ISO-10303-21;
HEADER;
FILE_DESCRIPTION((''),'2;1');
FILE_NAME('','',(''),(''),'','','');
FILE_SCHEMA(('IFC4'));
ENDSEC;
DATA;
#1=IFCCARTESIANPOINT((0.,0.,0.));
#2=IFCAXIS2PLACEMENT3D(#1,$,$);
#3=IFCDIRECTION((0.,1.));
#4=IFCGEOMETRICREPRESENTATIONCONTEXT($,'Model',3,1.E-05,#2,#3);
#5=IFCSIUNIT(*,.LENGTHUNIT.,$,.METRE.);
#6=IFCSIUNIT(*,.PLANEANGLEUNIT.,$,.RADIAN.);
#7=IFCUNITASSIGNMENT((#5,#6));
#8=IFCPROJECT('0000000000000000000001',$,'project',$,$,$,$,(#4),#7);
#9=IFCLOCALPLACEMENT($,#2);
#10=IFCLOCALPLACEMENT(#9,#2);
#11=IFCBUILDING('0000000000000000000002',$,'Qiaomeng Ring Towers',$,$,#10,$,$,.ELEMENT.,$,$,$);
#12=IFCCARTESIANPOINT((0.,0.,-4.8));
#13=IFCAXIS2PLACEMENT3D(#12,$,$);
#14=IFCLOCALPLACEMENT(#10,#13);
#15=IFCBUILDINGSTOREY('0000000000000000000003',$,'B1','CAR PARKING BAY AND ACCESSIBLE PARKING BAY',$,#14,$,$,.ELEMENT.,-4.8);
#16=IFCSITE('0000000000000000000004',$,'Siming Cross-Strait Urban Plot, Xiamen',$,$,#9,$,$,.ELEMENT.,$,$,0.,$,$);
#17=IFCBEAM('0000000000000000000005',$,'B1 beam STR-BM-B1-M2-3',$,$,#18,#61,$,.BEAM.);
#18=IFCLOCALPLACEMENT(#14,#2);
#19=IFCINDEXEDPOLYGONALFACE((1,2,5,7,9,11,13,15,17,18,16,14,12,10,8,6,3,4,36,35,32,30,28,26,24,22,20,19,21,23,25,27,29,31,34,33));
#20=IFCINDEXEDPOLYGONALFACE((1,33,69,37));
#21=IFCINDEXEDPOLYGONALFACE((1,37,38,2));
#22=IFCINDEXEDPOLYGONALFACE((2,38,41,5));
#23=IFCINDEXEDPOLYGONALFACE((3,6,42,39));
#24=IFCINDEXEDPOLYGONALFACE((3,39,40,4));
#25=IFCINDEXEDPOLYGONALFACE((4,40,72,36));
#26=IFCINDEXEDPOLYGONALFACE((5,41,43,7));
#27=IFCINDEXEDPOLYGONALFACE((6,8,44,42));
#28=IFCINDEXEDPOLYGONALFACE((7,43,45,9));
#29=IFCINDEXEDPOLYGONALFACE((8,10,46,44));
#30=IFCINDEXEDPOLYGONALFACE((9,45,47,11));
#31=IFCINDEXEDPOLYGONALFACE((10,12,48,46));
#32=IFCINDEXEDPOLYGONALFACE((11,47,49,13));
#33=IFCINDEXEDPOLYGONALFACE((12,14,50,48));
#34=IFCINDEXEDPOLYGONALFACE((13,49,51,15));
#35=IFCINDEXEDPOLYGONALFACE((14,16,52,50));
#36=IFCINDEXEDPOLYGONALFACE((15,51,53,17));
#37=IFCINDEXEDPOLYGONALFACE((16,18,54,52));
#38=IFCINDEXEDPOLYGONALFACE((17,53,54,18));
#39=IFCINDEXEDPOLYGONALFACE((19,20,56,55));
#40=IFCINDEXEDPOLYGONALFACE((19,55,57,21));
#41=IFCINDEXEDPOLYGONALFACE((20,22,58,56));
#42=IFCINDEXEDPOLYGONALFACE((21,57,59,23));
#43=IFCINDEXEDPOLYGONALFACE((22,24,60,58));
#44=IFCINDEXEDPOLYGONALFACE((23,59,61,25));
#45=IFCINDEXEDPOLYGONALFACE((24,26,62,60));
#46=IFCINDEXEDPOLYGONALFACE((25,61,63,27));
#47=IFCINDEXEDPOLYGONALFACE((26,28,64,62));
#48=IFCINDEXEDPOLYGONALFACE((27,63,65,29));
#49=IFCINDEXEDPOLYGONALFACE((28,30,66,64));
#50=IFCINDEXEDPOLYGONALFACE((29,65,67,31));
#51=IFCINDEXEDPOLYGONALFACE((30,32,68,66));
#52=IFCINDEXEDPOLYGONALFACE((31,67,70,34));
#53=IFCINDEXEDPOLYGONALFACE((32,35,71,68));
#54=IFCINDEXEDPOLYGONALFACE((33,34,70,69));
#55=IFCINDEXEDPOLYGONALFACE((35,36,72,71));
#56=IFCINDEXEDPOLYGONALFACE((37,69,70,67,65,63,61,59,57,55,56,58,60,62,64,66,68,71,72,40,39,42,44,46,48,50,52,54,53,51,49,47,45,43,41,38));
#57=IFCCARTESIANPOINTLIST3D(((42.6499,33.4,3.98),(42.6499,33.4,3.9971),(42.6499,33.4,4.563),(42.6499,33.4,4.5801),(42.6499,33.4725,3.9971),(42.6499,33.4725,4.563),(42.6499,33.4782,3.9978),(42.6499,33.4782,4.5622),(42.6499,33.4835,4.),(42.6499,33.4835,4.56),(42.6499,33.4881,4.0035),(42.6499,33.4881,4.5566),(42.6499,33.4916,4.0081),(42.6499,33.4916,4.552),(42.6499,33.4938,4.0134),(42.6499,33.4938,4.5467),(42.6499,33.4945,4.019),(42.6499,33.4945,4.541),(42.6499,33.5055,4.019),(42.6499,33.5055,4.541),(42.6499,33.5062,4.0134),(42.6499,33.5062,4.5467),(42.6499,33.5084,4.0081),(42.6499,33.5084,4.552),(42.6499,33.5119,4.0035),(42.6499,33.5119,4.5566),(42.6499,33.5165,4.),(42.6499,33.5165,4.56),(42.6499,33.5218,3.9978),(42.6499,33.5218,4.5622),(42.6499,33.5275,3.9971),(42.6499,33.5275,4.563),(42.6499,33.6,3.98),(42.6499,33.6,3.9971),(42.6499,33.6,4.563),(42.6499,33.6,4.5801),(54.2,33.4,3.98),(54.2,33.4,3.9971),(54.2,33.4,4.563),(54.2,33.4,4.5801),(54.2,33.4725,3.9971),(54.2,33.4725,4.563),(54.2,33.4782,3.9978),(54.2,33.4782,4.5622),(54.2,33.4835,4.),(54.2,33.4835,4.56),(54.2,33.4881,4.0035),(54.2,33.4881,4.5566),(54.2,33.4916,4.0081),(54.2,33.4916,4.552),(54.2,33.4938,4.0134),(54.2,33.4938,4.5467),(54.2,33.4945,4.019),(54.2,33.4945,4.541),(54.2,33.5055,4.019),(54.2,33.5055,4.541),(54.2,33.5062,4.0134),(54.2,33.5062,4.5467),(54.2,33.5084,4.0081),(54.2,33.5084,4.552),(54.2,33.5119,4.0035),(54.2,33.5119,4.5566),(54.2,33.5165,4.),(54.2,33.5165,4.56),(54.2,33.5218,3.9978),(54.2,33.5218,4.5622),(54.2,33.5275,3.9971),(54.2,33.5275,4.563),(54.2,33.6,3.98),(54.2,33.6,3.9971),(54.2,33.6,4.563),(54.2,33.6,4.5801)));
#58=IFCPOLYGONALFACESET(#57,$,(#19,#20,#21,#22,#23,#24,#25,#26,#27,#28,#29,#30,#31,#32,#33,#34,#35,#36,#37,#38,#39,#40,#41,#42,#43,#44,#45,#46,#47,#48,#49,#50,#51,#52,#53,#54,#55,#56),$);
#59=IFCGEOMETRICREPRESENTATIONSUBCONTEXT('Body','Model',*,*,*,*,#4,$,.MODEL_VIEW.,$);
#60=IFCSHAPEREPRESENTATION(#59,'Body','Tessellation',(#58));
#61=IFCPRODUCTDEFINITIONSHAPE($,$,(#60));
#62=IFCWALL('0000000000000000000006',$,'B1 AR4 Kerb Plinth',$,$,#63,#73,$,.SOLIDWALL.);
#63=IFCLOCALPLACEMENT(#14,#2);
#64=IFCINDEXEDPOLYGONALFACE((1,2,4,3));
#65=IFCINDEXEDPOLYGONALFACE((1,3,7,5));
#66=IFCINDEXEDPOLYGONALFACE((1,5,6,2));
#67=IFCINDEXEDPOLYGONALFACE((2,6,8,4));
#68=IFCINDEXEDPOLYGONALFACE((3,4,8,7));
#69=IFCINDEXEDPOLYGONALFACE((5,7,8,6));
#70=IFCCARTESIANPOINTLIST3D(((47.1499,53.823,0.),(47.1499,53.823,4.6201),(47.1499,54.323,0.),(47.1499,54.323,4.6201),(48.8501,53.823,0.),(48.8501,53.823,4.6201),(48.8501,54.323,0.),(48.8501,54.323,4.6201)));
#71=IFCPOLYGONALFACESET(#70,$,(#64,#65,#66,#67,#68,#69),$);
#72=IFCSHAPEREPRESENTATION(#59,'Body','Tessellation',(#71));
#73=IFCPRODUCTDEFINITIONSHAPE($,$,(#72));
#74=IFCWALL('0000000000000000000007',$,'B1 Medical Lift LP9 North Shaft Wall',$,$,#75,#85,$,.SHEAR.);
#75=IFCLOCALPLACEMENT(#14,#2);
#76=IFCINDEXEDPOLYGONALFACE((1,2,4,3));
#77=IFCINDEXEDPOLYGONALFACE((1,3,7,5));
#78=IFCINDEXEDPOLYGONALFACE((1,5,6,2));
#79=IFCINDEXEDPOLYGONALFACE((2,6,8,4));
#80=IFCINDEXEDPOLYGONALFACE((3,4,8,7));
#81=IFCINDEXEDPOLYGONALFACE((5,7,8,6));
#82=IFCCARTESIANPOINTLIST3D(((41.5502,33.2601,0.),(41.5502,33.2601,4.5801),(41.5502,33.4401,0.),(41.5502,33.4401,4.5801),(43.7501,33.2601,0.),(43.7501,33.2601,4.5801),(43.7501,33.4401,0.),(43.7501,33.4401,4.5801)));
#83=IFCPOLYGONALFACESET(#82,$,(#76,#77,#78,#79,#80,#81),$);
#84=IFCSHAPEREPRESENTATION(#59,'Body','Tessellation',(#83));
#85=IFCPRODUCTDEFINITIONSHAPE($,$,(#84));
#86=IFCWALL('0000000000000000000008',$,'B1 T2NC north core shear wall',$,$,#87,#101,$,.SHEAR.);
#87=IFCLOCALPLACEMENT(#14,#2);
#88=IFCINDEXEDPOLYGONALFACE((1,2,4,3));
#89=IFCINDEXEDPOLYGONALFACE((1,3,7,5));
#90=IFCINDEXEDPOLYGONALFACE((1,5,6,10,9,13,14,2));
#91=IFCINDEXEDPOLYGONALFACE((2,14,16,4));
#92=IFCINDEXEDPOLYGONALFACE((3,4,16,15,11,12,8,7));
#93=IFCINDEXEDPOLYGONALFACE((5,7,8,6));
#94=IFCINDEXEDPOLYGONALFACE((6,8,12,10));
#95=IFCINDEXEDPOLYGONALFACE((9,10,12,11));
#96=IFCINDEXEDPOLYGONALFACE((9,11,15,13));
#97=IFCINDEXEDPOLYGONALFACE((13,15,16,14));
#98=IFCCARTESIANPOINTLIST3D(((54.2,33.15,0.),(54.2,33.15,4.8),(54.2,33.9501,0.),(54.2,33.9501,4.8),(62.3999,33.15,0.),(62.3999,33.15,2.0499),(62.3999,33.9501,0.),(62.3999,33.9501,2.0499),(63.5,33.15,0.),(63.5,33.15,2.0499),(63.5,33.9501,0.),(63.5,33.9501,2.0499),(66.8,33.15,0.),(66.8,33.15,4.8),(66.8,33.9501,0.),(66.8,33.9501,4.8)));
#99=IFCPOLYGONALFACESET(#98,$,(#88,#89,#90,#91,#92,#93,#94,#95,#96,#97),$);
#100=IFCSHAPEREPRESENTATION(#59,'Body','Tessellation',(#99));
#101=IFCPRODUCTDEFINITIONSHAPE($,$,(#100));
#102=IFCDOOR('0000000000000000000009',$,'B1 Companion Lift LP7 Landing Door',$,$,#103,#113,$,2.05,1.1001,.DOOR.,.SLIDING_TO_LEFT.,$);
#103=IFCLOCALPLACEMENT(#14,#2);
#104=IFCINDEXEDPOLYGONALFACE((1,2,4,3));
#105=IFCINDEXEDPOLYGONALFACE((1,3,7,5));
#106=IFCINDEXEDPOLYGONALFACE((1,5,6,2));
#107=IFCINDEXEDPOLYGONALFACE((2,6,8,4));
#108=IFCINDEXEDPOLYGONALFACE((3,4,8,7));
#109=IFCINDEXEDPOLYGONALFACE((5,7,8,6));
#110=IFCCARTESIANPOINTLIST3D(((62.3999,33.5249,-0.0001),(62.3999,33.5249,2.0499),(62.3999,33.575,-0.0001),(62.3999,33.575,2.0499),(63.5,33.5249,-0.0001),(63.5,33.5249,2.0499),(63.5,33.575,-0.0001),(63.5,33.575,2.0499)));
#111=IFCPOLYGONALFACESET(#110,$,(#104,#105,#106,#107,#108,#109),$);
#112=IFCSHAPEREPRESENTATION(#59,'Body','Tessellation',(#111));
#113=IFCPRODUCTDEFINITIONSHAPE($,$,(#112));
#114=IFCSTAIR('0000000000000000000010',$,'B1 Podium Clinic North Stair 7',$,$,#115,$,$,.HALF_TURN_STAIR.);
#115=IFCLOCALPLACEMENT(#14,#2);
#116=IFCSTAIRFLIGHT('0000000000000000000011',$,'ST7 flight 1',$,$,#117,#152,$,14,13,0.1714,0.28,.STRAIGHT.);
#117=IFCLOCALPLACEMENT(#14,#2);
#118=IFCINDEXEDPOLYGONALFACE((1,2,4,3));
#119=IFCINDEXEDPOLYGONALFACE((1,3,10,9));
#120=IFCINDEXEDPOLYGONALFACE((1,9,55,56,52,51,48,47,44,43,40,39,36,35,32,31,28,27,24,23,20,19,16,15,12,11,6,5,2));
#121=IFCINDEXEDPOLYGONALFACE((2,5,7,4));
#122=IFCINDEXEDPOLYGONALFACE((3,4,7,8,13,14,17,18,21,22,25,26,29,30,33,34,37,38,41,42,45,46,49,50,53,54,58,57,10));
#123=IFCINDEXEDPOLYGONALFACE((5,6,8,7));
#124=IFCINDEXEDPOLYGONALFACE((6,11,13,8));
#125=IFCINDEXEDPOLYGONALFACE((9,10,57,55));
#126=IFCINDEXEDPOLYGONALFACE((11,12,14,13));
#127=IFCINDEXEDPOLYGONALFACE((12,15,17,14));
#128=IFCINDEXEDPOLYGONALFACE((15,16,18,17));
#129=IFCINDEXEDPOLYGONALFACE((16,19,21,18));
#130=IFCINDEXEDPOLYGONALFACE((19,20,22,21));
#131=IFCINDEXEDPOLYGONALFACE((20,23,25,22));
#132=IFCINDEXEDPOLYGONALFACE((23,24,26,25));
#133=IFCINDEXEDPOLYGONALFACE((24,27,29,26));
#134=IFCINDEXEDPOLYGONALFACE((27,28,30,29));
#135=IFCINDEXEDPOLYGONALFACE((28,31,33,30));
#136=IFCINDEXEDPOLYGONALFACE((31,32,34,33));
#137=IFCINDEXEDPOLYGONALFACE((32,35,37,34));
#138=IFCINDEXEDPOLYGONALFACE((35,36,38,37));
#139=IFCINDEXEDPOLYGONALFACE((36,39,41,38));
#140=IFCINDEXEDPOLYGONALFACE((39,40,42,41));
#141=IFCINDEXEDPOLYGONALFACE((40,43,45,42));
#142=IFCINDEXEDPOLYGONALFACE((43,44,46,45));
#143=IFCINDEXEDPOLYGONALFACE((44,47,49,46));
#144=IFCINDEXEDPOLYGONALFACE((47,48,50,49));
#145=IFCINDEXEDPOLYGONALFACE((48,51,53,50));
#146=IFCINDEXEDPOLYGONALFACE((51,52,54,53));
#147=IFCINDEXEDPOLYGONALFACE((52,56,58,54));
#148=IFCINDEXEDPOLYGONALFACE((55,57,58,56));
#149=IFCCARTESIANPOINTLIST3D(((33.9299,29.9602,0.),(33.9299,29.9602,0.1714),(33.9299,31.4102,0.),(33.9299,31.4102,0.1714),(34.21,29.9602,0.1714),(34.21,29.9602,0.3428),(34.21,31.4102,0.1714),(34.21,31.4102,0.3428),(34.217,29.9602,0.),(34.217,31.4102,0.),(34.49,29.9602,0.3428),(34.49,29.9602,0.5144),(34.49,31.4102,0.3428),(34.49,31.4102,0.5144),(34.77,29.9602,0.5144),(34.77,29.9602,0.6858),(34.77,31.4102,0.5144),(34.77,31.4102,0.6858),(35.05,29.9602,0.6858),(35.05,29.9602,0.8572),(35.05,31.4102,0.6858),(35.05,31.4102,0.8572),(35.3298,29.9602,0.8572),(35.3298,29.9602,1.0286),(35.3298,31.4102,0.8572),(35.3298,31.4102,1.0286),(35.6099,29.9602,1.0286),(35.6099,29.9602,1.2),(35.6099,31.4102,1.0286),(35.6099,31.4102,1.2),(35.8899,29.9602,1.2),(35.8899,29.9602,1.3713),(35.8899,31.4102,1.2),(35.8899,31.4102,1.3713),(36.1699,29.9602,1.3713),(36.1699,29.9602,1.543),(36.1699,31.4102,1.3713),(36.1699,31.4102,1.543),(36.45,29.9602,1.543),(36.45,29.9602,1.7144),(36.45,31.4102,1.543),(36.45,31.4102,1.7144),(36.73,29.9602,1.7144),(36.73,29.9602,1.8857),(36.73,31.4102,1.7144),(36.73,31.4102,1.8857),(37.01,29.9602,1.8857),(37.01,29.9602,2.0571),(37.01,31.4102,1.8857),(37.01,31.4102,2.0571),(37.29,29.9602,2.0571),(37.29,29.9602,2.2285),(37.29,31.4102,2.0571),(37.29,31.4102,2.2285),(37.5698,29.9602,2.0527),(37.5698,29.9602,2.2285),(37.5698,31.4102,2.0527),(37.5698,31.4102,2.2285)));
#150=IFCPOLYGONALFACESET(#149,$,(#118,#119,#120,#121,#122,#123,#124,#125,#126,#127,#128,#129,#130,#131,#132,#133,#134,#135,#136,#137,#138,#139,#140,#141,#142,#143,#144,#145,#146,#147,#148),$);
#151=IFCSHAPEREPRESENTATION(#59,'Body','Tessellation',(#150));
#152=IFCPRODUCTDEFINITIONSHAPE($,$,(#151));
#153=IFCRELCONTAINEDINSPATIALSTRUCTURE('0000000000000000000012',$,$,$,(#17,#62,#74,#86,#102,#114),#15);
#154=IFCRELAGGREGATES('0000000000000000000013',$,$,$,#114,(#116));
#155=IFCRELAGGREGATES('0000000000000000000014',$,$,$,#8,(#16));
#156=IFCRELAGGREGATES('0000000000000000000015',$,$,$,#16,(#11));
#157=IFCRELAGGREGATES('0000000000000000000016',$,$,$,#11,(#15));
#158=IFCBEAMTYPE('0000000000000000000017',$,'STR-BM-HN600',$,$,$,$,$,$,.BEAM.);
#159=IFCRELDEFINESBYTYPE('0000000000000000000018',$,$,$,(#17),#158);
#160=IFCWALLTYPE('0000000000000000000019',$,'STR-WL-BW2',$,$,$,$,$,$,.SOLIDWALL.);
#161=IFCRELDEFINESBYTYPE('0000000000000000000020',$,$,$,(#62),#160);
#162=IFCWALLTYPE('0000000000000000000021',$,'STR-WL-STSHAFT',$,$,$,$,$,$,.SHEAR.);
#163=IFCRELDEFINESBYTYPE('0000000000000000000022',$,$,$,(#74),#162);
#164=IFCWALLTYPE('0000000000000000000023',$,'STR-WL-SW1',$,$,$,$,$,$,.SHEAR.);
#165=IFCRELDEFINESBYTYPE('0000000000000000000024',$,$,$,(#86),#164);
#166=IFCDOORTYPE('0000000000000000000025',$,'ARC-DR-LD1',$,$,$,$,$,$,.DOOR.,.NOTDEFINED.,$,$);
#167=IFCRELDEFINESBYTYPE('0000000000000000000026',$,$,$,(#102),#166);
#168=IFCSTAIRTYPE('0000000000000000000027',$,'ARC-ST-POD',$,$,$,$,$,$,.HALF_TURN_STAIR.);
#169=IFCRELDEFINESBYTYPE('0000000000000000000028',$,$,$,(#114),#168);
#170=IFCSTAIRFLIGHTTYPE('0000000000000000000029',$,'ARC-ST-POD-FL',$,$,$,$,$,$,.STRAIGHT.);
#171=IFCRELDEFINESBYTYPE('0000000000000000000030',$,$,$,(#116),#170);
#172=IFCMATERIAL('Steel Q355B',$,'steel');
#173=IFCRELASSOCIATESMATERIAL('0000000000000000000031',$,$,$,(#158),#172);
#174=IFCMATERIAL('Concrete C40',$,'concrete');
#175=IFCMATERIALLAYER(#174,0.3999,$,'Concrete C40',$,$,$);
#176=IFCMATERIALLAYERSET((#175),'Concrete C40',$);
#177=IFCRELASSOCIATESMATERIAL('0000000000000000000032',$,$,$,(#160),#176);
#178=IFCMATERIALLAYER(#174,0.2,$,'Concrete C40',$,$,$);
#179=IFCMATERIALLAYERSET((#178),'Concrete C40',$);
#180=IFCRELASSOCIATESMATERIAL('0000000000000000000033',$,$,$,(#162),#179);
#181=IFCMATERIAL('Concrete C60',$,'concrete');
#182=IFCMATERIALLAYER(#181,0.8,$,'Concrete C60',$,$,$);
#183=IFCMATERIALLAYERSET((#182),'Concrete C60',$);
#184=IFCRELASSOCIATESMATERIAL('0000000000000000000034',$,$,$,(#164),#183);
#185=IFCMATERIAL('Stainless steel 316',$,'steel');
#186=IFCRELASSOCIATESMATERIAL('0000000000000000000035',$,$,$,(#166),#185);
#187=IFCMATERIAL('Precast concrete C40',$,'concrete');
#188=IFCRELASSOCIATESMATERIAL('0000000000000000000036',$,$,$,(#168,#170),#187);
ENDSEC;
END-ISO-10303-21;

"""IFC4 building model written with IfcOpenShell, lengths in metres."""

from ifc_helpers import new_model, si_unit, direction, frame, frame_2d, origin, origin_2d, place, context, subcontext, project, spatial, polyline, rectangle, i_section, outline, extrude, source, transform, mapped, material, layer, layer_set, material_profile, profile_set, type_object, element, fill, aggregate, save


model = new_model("IFC4")

# Units and contexts
model_context = context("Model", 3, precision=1e-05, world=origin(), true_north=direction((0.0, 1.0)))
body_context = subcontext(model_context, "Body", "Model", "MODEL_VIEW")
ifc_project = project(units=[si_unit("LENGTHUNIT", "METRE"), si_unit("PLANEANGLEUNIT", "RADIAN")], contexts=[model_context])

# Site, building, storey
site_placement = place(None, origin())
site = spatial("IfcSite", under=ifc_project, at=site_placement, Name="Siming Cross-Strait Urban Plot, Xiamen", CompositionType="ELEMENT", RefElevation=0.0)
building_placement = place(site_placement, origin())
building = spatial("IfcBuilding", under=site, at=building_placement, Name="Qiaomeng Ring Towers", CompositionType="ELEMENT")
storey_placement = place(building_placement, frame((0.0, 0.0, -4.8)))
storey = spatial("IfcBuildingStorey", under=building, at=storey_placement, Name="B1", Description="CAR PARKING BAY AND ACCESSIBLE PARKING BAY", CompositionType="ELEMENT", Elevation=-4.8)

# Shared definitions
ifc_material_1 = material(Name="Concrete C60", Category="concrete")

# Beam
ifc_material_2 = material(Name="Steel Q355B", Category="steel")
ifc_material_profile_1 = material_profile(ifc_material_2, i_section(OverallWidth=0.2, OverallDepth=0.6001, WebThickness=0.011, FlangeThickness=0.0171, FilletRadius=0.022, at=origin_2d()), Name="HN 600x200x11x17")
ifc_profile_set_1 = profile_set([ifc_material_profile_1], Name="Steel Q355B")
beam_type_1 = type_object("IfcBeamType", Name="STR-BM-HN600", PredefinedType="BEAM", material=ifc_profile_set_1)
shared_shape_1 = source(origin(), body_context, "Body", "SweptSolid", [
    extrude(i_section(OverallWidth=0.2, OverallDepth=0.6001, WebThickness=0.011, FlangeThickness=0.0171, FilletRadius=0.022, at=origin_2d()), origin(), (0.0, 0.0, 1.0), 11.55),
])
beam_1_placement = place(storey_placement, frame((42.6499, 33.5, 4.28), z_axis=(1.0, 0.0, 0.0), x_axis=(0.0, 1.0, 0.0)))
element("IfcBeam", 1, at=beam_1_placement, inside=storey, type_object=beam_type_1, Name="B1 beam STR-BM-B1-M2-3", PredefinedType="BEAM", context=body_context, shape_type="MappedRepresentation", body=[
    mapped(shared_shape_1, transform((0.0, 0.0, 0.0), x_axis=(1.0, 0.0, 0.0), y_axis=(0.0, 1.0, 0.0), z_axis=(0.0, 0.0, 1.0), scale=1.0)),
])

# Walls
ifc_material_3 = material(Name="Concrete C40", Category="concrete")
ifc_layer_1 = layer(ifc_material_3, 0.3999, Name="Concrete C40")
ifc_layer_set_1 = layer_set([ifc_layer_1], Name="Concrete C40")
wall_type_1 = type_object("IfcWallType", Name="STR-WL-BW2", PredefinedType="SOLIDWALL", material=ifc_layer_set_1)
wall_1_placement = place(storey_placement, frame((47.1499, 54.073, 0.0), z_axis=(0.0, 0.0, 1.0), x_axis=(1.0, 0.0, 0.0)))
element("IfcWall", 2, at=wall_1_placement, inside=storey, type_object=wall_type_1, Name="B1 AR4 Kerb Plinth", PredefinedType="SOLIDWALL", context=body_context, shape_type="SweptSolid", body=[
    extrude(rectangle(XDim=1.7002, YDim=0.5, at=frame_2d((0.8501, 0.0))), origin(), (0.0, 0.0, 1.0), 4.6201),
])
ifc_layer_2 = layer(ifc_material_3, 0.2, Name="Concrete C40")
ifc_layer_set_2 = layer_set([ifc_layer_2], Name="Concrete C40")
wall_type_2 = type_object("IfcWallType", Name="STR-WL-STSHAFT", PredefinedType="SHEAR", material=ifc_layer_set_2)
wall_2_placement = place(storey_placement, frame((41.55, 33.3501, 0.0), z_axis=(0.0, 0.0, 1.0), x_axis=(1.0, 0.0, 0.0)))
element("IfcWall", 3, at=wall_2_placement, inside=storey, type_object=wall_type_2, Name="B1 Medical Lift LP9 North Shaft Wall", PredefinedType="SHEAR", context=body_context, shape_type="SweptSolid", body=[
    extrude(rectangle(XDim=2.2, YDim=0.1799, at=frame_2d((1.1001, 0.0))), origin(), (0.0, 0.0, 1.0), 4.5801),
])

# Wall, opening, door
ifc_layer_3 = layer(ifc_material_1, 0.8, Name="Concrete C60")
ifc_layer_set_3 = layer_set([ifc_layer_3], Name="Concrete C60")
wall_type_3 = type_object("IfcWallType", Name="STR-WL-SW1", PredefinedType="SHEAR", material=ifc_layer_set_3)
wall_3_placement = place(storey_placement, frame((54.2, 33.55, 0.0), z_axis=(0.0, 0.0, 1.0), x_axis=(1.0, 0.0, 0.0)))
wall_3 = element("IfcWall", 4, at=wall_3_placement, inside=storey, type_object=wall_type_3, Name="B1 T2NC north core shear wall", PredefinedType="SHEAR", context=body_context, shape_type="SweptSolid", body=[
    extrude(rectangle(XDim=12.6001, YDim=0.8, at=frame_2d((6.3, 0.0))), origin(), (0.0, 0.0, 1.0), 4.8),
])
opening_placement = place(wall_3_placement, frame((8.2, 0.0, 0.0)))
opening = element("IfcOpeningElement", 5, at=opening_placement, cuts=wall_3, PredefinedType="OPENING", context=body_context, shape_type="SweptSolid", body=[
    extrude(rectangle(XDim=1.1001, YDim=2.05, at=frame_2d((0.55, 1.0249))), frame((0.0, 0.4099, 0.0), z_axis=(0.0, -1.0, 0.0), x_axis=(1.0, 0.0, 0.0)), (0.0, 0.0, 1.0), 0.8201),
])
ifc_material_4 = material(Name="Stainless steel 316", Category="steel")
door_type = type_object("IfcDoorType", Name="ARC-DR-LD1", OperationType="NOTDEFINED", PredefinedType="DOOR", material=ifc_material_4)
shared_shape_2 = source(origin(), body_context, "Body", "SweptSolid", [
    extrude(rectangle(XDim=1.1001, YDim=2.05, at=frame_2d((0.55, 1.0249))), frame((0.0, 0.0249, 0.0), z_axis=(0.0, -1.0, 0.0), x_axis=(1.0, 0.0, 0.0)), (0.0, 0.0, 1.0), 0.05),
])
door_placement = place(opening_placement, origin())
door = element("IfcDoor", 6, at=door_placement, inside=storey, type_object=door_type, Name="B1 Companion Lift LP7 Landing Door", OperationType="SLIDING_TO_LEFT", OverallHeight=2.05, OverallWidth=1.1001, PredefinedType="DOOR", context=body_context, shape_type="MappedRepresentation", body=[
    mapped(shared_shape_2, transform((0.0, 0.0, 0.0), x_axis=(1.0, 0.0, 0.0), y_axis=(0.0, 1.0, 0.0), z_axis=(0.0, 0.0, 1.0), scale=1.0)),
])
fill(opening, door)

# Stair, stair flight
ifc_material_5 = material(Name="Precast concrete C40", Category="concrete")
stair_type = type_object("IfcStairType", Name="ARC-ST-POD", PredefinedType="HALF_TURN_STAIR", material=ifc_material_5)
stair_placement = place(storey_placement, origin())
stair = element("IfcStair", 7, at=stair_placement, inside=storey, type_object=stair_type, Name="B1 Podium Clinic North Stair 7", PredefinedType="HALF_TURN_STAIR")
stair_flight_type = type_object("IfcStairFlightType", Name="ARC-ST-POD-FL", PredefinedType="STRAIGHT", material=ifc_material_5)
shared_shape_3 = source(origin(), body_context, "Body", "SweptSolid", [
    extrude(outline(polyline([(0.0, 0.0), (0.0, 0.1714), (0.28, 0.1714), (0.28, 0.3428), (0.5601, 0.3428), (0.5601, 0.5144), (0.8401, 0.5144), (0.8401, 0.6858), (1.1201, 0.6858), (1.1201, 0.8572), (1.3999, 0.8572), (1.3999, 1.0286), (1.6799, 1.0286), (1.6799, 1.2), (1.96, 1.2), (1.96, 1.3713), (2.24, 1.3713), (2.24, 1.543), (2.52, 1.543), (2.52, 1.7144), (2.8, 1.7144), (2.8, 1.8857), (3.0801, 1.8857), (3.0801, 2.0571), (3.3601, 2.0571), (3.3601, 2.2285), (3.6399, 2.2285), (3.6399, 2.3999), (3.6399, 2.0527), (0.2871, 0.0), (0.0, 0.0)])), frame((0.0, 0.7251, 0.0), z_axis=(0.0, -1.0, 0.0), x_axis=(1.0, 0.0, 0.0)), (0.0, 0.0, 1.0), 1.45),
])
stair_flight_1_placement = place(storey_placement, frame((33.9299, 30.6851, 0.0), z_axis=(0.0, 0.0, 1.0), x_axis=(1.0, 0.0, 0.0)))
stair_flight_1 = element("IfcStairFlight", 8, at=stair_flight_1_placement, type_object=stair_flight_type, Name="ST7 flight 1", NumberOfRisers=14, NumberOfTreads=13, PredefinedType="STRAIGHT", RiserHeight=0.1714, TreadLength=0.28, context=body_context, shape_type="MappedRepresentation", body=[
    mapped(shared_shape_3, transform((0.0, 0.0, 0.0), x_axis=(1.0, 0.0, 0.0), y_axis=(0.0, 1.0, 0.0), z_axis=(0.0, 0.0, 1.0), scale=1.0)),
])
aggregate(stair, [stair_flight_1])

save(model, "model.ifc")
